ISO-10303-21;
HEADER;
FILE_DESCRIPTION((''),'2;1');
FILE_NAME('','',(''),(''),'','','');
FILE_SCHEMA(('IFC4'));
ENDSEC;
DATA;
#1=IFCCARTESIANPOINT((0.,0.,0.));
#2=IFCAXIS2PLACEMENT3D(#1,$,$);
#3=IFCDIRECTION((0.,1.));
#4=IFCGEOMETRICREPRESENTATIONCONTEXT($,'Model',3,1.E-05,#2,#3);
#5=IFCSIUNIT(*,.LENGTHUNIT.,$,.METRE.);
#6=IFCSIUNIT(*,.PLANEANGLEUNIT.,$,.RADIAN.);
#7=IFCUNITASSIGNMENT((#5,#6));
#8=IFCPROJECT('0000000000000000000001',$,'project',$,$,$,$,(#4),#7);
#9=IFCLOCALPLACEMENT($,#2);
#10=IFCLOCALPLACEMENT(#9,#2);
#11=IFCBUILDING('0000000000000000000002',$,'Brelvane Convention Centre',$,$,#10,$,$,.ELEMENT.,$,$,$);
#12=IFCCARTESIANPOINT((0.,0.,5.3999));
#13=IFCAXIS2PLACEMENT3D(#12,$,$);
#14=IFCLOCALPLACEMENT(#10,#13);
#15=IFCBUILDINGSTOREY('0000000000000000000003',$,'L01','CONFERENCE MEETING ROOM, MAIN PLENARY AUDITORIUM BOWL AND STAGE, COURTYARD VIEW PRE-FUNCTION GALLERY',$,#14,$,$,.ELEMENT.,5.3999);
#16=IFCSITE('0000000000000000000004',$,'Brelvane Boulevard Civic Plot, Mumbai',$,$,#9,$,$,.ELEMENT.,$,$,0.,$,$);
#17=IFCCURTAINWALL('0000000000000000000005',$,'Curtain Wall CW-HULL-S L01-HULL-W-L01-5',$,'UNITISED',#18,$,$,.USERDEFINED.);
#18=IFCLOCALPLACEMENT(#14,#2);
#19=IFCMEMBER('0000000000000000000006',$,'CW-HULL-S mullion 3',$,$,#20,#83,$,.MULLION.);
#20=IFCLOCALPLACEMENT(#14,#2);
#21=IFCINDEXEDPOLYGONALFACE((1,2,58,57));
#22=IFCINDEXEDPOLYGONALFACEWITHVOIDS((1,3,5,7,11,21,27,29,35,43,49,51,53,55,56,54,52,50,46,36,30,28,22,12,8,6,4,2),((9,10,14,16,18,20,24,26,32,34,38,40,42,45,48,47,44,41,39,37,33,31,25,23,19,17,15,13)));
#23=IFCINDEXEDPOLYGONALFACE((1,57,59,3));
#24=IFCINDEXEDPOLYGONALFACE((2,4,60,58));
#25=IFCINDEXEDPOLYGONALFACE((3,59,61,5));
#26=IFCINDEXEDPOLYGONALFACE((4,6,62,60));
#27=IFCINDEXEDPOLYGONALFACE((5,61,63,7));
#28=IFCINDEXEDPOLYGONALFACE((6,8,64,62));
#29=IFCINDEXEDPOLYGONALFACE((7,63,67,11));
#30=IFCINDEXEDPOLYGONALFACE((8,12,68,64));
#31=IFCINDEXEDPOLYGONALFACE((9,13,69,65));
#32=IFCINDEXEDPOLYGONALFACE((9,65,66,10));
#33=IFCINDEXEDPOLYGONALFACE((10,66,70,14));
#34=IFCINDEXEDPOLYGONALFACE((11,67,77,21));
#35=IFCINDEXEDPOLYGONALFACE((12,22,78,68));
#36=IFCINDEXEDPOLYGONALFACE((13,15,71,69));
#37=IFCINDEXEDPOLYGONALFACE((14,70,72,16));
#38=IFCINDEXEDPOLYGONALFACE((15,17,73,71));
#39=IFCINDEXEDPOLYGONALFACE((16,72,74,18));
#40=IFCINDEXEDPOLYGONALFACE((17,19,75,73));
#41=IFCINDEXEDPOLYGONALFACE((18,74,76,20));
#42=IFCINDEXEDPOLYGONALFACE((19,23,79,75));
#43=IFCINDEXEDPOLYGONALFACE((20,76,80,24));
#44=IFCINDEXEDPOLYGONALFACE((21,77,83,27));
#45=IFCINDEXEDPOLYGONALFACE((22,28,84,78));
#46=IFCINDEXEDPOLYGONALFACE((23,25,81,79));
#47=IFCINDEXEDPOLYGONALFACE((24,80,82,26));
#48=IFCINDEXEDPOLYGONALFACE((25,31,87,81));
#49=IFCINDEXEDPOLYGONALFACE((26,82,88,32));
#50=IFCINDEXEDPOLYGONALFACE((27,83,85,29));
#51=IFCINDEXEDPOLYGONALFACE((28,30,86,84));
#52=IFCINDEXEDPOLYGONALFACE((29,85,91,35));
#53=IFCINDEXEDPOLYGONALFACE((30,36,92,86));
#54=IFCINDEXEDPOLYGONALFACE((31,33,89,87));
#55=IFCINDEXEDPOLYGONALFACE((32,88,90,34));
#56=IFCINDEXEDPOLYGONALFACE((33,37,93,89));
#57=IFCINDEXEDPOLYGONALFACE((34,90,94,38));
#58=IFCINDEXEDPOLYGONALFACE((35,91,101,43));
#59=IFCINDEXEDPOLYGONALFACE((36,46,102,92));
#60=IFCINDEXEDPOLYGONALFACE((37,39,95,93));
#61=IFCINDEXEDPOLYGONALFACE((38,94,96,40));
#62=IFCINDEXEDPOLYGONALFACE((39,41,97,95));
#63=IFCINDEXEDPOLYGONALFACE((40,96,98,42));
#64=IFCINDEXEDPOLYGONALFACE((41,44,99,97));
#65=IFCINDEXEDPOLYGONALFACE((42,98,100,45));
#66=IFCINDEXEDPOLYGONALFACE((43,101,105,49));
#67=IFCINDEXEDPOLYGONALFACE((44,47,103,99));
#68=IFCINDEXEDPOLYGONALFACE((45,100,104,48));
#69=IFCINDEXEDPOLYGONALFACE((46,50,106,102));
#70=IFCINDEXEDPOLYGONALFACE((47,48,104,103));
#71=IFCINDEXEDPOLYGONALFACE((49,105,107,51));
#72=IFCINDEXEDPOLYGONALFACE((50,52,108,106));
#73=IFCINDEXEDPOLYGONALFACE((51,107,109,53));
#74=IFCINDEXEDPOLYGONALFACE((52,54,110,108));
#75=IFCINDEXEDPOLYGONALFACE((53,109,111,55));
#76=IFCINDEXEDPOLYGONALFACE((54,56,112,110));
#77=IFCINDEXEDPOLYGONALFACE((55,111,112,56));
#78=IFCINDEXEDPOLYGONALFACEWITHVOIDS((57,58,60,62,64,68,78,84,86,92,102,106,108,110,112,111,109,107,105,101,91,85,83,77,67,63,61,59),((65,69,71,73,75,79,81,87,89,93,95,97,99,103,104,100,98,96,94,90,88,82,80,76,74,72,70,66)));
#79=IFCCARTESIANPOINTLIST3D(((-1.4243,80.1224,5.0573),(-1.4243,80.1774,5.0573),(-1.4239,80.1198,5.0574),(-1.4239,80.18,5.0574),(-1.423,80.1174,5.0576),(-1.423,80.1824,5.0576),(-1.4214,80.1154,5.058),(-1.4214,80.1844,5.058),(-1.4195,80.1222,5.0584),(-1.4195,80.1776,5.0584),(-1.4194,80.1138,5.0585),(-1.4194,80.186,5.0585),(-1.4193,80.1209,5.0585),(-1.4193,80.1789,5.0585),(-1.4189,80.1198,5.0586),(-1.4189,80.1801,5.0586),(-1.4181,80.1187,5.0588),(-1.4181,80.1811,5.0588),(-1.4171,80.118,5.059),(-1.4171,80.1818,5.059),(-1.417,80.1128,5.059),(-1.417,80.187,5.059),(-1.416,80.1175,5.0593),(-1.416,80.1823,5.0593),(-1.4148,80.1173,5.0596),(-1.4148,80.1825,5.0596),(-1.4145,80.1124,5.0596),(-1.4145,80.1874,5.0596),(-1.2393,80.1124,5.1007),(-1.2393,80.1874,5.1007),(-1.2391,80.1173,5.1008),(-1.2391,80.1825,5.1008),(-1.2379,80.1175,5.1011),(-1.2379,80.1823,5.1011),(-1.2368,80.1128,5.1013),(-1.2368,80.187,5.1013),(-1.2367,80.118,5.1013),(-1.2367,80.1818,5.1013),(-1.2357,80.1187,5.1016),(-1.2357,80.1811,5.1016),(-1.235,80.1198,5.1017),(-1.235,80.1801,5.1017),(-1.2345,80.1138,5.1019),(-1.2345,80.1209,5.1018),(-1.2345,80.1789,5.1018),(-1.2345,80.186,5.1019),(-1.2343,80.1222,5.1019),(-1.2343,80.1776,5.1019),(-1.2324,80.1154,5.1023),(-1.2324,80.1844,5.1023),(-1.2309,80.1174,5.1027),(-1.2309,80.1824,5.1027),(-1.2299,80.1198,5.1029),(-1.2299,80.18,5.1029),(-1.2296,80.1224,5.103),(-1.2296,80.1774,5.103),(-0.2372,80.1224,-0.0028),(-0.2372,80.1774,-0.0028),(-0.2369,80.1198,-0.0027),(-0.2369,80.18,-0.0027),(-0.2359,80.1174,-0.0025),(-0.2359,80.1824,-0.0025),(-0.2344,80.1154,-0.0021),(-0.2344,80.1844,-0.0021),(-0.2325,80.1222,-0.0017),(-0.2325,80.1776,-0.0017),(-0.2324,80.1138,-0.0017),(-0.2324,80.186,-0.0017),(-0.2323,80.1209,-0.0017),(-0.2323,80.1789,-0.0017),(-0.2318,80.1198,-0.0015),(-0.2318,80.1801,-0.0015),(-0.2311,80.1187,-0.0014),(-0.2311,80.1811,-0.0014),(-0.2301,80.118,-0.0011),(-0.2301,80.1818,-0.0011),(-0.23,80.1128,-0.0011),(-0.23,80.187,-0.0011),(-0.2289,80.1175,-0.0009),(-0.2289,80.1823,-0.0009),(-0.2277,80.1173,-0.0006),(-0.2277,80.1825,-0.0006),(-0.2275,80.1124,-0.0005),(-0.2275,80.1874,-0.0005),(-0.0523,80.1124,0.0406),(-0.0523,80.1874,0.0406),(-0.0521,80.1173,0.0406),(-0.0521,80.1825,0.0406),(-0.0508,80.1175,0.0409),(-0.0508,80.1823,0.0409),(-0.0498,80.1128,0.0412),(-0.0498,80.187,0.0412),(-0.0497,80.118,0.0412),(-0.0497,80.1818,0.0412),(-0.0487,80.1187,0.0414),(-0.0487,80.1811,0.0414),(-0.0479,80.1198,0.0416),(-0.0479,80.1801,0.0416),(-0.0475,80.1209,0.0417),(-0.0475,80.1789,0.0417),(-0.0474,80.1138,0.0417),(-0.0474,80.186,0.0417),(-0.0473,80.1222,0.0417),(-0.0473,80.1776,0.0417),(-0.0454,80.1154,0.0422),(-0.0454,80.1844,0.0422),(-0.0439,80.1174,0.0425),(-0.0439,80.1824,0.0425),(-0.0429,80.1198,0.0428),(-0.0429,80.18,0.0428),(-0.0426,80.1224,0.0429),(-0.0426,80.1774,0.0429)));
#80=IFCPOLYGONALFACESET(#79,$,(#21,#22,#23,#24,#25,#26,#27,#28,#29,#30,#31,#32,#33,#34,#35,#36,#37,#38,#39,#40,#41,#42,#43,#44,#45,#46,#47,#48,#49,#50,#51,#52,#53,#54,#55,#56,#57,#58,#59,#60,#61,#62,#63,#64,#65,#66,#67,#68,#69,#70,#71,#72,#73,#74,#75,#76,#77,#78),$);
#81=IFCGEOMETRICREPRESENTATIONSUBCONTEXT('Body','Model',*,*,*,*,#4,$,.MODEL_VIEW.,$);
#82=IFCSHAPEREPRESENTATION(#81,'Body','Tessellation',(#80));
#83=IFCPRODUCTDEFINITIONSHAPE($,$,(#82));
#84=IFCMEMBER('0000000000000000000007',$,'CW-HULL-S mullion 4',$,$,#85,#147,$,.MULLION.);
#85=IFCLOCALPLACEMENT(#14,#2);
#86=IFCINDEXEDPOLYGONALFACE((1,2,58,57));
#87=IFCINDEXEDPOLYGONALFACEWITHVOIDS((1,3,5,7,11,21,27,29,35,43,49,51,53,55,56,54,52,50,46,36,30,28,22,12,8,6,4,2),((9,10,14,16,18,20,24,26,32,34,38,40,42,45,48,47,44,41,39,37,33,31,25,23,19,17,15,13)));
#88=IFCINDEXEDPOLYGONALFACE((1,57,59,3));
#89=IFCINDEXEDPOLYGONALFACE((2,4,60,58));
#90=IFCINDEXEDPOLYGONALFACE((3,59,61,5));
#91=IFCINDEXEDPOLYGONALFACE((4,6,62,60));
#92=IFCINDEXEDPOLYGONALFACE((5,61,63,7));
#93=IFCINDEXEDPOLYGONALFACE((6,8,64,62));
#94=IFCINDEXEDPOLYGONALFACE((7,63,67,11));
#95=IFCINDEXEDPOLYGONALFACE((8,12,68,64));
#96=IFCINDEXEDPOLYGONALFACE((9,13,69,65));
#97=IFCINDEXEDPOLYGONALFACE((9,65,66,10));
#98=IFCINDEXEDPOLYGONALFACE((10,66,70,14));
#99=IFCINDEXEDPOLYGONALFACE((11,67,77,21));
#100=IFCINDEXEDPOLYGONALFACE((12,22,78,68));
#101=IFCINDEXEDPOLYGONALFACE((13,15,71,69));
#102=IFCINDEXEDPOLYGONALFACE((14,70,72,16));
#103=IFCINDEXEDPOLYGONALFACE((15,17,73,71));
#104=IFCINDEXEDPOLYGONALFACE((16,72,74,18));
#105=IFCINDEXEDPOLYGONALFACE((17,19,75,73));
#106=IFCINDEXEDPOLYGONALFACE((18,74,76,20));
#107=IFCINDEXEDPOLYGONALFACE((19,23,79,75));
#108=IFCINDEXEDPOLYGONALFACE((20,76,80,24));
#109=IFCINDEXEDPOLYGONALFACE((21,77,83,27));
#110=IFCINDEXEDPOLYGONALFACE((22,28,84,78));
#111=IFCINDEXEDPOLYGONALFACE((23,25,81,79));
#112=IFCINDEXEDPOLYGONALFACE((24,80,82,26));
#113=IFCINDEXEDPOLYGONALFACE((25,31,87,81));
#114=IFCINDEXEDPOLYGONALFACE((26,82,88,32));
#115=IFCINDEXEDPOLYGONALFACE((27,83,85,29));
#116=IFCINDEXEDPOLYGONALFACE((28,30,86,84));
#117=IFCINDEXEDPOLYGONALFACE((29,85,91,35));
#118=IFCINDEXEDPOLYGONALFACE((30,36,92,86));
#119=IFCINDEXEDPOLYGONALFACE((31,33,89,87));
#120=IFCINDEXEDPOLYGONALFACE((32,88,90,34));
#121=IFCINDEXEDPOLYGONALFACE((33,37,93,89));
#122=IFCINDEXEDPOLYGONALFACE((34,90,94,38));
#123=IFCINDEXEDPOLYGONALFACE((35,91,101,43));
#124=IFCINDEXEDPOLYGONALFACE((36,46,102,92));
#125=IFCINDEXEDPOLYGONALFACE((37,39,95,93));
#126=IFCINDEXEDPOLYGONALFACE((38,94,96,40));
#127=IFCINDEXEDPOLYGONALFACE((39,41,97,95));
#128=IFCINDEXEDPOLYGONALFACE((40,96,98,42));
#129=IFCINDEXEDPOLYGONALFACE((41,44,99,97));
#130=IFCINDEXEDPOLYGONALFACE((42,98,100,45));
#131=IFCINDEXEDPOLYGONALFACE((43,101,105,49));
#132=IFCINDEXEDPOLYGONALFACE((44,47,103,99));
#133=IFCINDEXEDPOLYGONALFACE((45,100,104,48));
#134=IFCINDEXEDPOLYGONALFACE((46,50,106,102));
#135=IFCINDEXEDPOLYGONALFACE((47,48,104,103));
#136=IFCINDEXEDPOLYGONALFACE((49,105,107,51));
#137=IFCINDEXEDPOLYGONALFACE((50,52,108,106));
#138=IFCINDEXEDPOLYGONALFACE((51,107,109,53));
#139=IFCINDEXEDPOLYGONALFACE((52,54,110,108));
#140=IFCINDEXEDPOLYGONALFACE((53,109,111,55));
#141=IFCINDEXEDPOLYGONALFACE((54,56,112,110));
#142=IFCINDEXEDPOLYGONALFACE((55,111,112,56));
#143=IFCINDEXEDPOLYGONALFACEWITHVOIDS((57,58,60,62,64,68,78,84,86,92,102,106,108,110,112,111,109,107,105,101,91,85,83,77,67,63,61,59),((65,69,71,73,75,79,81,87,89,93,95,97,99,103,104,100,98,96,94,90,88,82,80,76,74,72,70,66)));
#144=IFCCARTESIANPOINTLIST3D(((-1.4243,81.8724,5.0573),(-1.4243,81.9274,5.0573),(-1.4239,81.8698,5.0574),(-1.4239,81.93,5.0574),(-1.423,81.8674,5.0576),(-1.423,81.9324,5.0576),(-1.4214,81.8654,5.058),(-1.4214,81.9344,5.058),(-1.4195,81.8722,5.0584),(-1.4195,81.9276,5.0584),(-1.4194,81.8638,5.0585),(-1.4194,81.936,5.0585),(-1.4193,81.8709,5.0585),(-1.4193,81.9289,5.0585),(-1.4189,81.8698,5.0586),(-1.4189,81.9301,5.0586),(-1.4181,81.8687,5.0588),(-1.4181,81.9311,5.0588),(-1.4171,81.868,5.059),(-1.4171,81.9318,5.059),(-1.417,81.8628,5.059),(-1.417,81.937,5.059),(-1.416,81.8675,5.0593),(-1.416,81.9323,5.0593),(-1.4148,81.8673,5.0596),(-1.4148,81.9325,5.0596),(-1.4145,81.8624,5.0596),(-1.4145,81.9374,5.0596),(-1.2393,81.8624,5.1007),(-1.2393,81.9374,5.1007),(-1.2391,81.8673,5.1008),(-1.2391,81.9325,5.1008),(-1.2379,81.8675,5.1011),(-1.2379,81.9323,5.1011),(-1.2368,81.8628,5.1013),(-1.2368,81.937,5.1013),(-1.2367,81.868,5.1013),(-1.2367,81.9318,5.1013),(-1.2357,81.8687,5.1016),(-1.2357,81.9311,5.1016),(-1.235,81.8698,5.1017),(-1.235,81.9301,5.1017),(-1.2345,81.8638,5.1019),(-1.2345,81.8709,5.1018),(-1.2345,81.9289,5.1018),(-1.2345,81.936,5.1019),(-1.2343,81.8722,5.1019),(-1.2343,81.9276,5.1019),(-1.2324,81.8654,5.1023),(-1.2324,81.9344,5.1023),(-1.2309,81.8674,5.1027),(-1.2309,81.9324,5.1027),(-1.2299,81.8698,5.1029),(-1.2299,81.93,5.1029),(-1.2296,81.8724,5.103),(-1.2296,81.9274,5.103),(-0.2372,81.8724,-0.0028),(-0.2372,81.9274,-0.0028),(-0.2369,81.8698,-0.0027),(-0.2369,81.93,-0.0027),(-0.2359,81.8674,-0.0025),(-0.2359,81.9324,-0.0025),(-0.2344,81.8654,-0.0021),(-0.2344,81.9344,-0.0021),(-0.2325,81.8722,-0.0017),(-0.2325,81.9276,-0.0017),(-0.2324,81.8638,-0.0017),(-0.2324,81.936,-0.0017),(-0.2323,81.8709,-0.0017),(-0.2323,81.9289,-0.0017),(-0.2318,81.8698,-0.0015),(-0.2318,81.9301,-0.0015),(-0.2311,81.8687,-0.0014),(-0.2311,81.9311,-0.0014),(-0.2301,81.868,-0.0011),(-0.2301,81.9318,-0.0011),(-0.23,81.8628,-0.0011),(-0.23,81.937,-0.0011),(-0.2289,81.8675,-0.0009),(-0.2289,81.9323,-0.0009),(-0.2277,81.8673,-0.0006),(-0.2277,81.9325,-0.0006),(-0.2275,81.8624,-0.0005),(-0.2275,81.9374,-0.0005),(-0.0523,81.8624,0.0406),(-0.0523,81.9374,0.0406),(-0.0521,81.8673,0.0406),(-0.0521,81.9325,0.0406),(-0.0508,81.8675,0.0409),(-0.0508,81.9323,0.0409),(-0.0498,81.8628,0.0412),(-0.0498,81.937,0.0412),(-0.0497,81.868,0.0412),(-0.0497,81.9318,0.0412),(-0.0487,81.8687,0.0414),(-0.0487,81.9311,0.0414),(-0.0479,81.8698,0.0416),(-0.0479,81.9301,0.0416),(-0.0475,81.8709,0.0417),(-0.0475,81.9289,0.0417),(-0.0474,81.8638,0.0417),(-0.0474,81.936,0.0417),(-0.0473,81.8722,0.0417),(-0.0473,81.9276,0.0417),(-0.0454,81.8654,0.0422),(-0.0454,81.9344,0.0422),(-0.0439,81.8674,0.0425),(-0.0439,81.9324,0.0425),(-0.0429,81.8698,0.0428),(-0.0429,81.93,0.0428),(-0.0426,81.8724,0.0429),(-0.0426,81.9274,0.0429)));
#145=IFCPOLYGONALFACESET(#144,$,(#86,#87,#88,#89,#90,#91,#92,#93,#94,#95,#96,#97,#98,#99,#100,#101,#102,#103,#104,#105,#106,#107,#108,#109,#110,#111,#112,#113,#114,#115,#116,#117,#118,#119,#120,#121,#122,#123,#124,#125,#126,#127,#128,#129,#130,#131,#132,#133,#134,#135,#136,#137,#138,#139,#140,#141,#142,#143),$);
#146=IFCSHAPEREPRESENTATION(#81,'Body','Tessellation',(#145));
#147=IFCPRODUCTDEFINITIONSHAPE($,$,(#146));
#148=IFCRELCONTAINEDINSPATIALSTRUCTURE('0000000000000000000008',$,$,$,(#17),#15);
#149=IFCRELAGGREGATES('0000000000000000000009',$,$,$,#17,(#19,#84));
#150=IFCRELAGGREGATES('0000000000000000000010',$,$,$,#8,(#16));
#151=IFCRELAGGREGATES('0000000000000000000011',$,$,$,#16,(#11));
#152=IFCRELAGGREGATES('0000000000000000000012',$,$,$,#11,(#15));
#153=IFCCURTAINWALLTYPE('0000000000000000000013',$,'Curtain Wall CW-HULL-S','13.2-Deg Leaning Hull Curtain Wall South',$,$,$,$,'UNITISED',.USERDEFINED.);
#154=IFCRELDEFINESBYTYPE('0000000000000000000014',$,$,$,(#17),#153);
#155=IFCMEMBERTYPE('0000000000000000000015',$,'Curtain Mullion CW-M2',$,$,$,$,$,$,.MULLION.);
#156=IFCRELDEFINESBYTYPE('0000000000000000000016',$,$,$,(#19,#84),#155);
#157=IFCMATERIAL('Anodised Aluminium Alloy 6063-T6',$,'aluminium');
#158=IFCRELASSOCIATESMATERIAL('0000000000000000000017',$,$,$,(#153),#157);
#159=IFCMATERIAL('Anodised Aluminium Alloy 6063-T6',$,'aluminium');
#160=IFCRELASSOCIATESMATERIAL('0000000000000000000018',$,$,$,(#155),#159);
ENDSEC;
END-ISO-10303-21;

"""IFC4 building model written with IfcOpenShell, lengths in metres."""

from ifc_helpers import new_model, si_unit, direction, frame, origin, origin_2d, place, context, subcontext, project, spatial, hollow_rectangle, extrude, material, material_profile, profile_set, type_object, element, aggregate, save


model = new_model("IFC4")

# Units and contexts
model_context = context("Model", 3, precision=1e-05, world=origin(), true_north=direction((0.0, 1.0)))
body_context = subcontext(model_context, "Body", "Model", "MODEL_VIEW")
ifc_project = project(units=[si_unit("LENGTHUNIT", "METRE"), si_unit("PLANEANGLEUNIT", "RADIAN")], contexts=[model_context])

# Site, building, storey
site_placement = place(None, origin())
site = spatial("IfcSite", under=ifc_project, at=site_placement, Name="Brelvane Boulevard Civic Plot, Mumbai", CompositionType="ELEMENT", RefElevation=0.0)
building_placement = place(site_placement, origin())
building = spatial("IfcBuilding", under=site, at=building_placement, Name="Brelvane Convention Centre", CompositionType="ELEMENT")
storey_placement = place(building_placement, frame((0.0, 0.0, 5.3999)))
storey = spatial("IfcBuildingStorey", under=building, at=storey_placement, Name="L01", Description="CONFERENCE MEETING ROOM, MAIN PLENARY AUDITORIUM BOWL AND STAGE, COURTYARD VIEW PRE-FUNCTION GALLERY", CompositionType="ELEMENT", Elevation=5.3999)

# Curtain wall, members
ifc_material_1 = material(Name="Anodised Aluminium Alloy 6063-T6", Category="aluminium")
curtain_wall_type = type_object("IfcCurtainWallType", Name="Curtain Wall CW-HULL-S", Description="13.2-Deg Leaning Hull Curtain Wall South", ElementType="UNITISED", PredefinedType="USERDEFINED", material=ifc_material_1)
curtain_wall_placement = place(storey_placement, origin())
curtain_wall = element("IfcCurtainWall", 1, at=curtain_wall_placement, inside=storey, type_object=curtain_wall_type, Name="Curtain Wall CW-HULL-S L01-HULL-W-L01-5", ObjectType="UNITISED", PredefinedType="USERDEFINED")
ifc_material_2 = material(Name="Anodised Aluminium Alloy 6063-T6", Category="aluminium")
ifc_material_profile_1 = material_profile(ifc_material_2, hollow_rectangle(XDim=0.075, YDim=0.2, WallThickness=0.0049, InnerFilletRadius=0.0049, OuterFilletRadius=0.01, at=origin_2d()), Name="ALU-M 200x75x5.0")
ifc_profile_set_1 = profile_set([ifc_material_profile_1], Name="Anodised Aluminium Alloy 6063-T6")
member_type_1 = type_object("IfcMemberType", Name="Curtain Mullion CW-M2", PredefinedType="MULLION", material=ifc_profile_set_1)
member_1_placement = place(storey_placement, frame((-0.1399, 80.1499, 0.02), z_axis=(-0.228385, 0.0, 0.973571), x_axis=(0.0, -1.0, 0.0)))
member_1 = element("IfcMember", 2, at=member_1_placement, type_object=member_type_1, Name="CW-HULL-S mullion 3", PredefinedType="MULLION", context=body_context, shape_type="SweptSolid", body=[
    extrude(hollow_rectangle(XDim=0.075, YDim=0.2, WallThickness=0.0049, InnerFilletRadius=0.0049, OuterFilletRadius=0.01, at=origin_2d()), origin(), (0.0, 0.0, 1.0), 5.1975),
])
member_2_placement = place(storey_placement, frame((-0.1399, 81.8999, 0.02), z_axis=(-0.228385, 0.0, 0.973571), x_axis=(0.0, -1.0, 0.0)))
member_2 = element("IfcMember", 3, at=member_2_placement, type_object=member_type_1, Name="CW-HULL-S mullion 4", PredefinedType="MULLION", context=body_context, shape_type="SweptSolid", body=[
    extrude(hollow_rectangle(XDim=0.075, YDim=0.2, WallThickness=0.0049, InnerFilletRadius=0.0049, OuterFilletRadius=0.01, at=origin_2d()), origin(), (0.0, 0.0, 1.0), 5.1975),
])
aggregate(curtain_wall, [member_1, member_2])

save(model, "model.ifc")
